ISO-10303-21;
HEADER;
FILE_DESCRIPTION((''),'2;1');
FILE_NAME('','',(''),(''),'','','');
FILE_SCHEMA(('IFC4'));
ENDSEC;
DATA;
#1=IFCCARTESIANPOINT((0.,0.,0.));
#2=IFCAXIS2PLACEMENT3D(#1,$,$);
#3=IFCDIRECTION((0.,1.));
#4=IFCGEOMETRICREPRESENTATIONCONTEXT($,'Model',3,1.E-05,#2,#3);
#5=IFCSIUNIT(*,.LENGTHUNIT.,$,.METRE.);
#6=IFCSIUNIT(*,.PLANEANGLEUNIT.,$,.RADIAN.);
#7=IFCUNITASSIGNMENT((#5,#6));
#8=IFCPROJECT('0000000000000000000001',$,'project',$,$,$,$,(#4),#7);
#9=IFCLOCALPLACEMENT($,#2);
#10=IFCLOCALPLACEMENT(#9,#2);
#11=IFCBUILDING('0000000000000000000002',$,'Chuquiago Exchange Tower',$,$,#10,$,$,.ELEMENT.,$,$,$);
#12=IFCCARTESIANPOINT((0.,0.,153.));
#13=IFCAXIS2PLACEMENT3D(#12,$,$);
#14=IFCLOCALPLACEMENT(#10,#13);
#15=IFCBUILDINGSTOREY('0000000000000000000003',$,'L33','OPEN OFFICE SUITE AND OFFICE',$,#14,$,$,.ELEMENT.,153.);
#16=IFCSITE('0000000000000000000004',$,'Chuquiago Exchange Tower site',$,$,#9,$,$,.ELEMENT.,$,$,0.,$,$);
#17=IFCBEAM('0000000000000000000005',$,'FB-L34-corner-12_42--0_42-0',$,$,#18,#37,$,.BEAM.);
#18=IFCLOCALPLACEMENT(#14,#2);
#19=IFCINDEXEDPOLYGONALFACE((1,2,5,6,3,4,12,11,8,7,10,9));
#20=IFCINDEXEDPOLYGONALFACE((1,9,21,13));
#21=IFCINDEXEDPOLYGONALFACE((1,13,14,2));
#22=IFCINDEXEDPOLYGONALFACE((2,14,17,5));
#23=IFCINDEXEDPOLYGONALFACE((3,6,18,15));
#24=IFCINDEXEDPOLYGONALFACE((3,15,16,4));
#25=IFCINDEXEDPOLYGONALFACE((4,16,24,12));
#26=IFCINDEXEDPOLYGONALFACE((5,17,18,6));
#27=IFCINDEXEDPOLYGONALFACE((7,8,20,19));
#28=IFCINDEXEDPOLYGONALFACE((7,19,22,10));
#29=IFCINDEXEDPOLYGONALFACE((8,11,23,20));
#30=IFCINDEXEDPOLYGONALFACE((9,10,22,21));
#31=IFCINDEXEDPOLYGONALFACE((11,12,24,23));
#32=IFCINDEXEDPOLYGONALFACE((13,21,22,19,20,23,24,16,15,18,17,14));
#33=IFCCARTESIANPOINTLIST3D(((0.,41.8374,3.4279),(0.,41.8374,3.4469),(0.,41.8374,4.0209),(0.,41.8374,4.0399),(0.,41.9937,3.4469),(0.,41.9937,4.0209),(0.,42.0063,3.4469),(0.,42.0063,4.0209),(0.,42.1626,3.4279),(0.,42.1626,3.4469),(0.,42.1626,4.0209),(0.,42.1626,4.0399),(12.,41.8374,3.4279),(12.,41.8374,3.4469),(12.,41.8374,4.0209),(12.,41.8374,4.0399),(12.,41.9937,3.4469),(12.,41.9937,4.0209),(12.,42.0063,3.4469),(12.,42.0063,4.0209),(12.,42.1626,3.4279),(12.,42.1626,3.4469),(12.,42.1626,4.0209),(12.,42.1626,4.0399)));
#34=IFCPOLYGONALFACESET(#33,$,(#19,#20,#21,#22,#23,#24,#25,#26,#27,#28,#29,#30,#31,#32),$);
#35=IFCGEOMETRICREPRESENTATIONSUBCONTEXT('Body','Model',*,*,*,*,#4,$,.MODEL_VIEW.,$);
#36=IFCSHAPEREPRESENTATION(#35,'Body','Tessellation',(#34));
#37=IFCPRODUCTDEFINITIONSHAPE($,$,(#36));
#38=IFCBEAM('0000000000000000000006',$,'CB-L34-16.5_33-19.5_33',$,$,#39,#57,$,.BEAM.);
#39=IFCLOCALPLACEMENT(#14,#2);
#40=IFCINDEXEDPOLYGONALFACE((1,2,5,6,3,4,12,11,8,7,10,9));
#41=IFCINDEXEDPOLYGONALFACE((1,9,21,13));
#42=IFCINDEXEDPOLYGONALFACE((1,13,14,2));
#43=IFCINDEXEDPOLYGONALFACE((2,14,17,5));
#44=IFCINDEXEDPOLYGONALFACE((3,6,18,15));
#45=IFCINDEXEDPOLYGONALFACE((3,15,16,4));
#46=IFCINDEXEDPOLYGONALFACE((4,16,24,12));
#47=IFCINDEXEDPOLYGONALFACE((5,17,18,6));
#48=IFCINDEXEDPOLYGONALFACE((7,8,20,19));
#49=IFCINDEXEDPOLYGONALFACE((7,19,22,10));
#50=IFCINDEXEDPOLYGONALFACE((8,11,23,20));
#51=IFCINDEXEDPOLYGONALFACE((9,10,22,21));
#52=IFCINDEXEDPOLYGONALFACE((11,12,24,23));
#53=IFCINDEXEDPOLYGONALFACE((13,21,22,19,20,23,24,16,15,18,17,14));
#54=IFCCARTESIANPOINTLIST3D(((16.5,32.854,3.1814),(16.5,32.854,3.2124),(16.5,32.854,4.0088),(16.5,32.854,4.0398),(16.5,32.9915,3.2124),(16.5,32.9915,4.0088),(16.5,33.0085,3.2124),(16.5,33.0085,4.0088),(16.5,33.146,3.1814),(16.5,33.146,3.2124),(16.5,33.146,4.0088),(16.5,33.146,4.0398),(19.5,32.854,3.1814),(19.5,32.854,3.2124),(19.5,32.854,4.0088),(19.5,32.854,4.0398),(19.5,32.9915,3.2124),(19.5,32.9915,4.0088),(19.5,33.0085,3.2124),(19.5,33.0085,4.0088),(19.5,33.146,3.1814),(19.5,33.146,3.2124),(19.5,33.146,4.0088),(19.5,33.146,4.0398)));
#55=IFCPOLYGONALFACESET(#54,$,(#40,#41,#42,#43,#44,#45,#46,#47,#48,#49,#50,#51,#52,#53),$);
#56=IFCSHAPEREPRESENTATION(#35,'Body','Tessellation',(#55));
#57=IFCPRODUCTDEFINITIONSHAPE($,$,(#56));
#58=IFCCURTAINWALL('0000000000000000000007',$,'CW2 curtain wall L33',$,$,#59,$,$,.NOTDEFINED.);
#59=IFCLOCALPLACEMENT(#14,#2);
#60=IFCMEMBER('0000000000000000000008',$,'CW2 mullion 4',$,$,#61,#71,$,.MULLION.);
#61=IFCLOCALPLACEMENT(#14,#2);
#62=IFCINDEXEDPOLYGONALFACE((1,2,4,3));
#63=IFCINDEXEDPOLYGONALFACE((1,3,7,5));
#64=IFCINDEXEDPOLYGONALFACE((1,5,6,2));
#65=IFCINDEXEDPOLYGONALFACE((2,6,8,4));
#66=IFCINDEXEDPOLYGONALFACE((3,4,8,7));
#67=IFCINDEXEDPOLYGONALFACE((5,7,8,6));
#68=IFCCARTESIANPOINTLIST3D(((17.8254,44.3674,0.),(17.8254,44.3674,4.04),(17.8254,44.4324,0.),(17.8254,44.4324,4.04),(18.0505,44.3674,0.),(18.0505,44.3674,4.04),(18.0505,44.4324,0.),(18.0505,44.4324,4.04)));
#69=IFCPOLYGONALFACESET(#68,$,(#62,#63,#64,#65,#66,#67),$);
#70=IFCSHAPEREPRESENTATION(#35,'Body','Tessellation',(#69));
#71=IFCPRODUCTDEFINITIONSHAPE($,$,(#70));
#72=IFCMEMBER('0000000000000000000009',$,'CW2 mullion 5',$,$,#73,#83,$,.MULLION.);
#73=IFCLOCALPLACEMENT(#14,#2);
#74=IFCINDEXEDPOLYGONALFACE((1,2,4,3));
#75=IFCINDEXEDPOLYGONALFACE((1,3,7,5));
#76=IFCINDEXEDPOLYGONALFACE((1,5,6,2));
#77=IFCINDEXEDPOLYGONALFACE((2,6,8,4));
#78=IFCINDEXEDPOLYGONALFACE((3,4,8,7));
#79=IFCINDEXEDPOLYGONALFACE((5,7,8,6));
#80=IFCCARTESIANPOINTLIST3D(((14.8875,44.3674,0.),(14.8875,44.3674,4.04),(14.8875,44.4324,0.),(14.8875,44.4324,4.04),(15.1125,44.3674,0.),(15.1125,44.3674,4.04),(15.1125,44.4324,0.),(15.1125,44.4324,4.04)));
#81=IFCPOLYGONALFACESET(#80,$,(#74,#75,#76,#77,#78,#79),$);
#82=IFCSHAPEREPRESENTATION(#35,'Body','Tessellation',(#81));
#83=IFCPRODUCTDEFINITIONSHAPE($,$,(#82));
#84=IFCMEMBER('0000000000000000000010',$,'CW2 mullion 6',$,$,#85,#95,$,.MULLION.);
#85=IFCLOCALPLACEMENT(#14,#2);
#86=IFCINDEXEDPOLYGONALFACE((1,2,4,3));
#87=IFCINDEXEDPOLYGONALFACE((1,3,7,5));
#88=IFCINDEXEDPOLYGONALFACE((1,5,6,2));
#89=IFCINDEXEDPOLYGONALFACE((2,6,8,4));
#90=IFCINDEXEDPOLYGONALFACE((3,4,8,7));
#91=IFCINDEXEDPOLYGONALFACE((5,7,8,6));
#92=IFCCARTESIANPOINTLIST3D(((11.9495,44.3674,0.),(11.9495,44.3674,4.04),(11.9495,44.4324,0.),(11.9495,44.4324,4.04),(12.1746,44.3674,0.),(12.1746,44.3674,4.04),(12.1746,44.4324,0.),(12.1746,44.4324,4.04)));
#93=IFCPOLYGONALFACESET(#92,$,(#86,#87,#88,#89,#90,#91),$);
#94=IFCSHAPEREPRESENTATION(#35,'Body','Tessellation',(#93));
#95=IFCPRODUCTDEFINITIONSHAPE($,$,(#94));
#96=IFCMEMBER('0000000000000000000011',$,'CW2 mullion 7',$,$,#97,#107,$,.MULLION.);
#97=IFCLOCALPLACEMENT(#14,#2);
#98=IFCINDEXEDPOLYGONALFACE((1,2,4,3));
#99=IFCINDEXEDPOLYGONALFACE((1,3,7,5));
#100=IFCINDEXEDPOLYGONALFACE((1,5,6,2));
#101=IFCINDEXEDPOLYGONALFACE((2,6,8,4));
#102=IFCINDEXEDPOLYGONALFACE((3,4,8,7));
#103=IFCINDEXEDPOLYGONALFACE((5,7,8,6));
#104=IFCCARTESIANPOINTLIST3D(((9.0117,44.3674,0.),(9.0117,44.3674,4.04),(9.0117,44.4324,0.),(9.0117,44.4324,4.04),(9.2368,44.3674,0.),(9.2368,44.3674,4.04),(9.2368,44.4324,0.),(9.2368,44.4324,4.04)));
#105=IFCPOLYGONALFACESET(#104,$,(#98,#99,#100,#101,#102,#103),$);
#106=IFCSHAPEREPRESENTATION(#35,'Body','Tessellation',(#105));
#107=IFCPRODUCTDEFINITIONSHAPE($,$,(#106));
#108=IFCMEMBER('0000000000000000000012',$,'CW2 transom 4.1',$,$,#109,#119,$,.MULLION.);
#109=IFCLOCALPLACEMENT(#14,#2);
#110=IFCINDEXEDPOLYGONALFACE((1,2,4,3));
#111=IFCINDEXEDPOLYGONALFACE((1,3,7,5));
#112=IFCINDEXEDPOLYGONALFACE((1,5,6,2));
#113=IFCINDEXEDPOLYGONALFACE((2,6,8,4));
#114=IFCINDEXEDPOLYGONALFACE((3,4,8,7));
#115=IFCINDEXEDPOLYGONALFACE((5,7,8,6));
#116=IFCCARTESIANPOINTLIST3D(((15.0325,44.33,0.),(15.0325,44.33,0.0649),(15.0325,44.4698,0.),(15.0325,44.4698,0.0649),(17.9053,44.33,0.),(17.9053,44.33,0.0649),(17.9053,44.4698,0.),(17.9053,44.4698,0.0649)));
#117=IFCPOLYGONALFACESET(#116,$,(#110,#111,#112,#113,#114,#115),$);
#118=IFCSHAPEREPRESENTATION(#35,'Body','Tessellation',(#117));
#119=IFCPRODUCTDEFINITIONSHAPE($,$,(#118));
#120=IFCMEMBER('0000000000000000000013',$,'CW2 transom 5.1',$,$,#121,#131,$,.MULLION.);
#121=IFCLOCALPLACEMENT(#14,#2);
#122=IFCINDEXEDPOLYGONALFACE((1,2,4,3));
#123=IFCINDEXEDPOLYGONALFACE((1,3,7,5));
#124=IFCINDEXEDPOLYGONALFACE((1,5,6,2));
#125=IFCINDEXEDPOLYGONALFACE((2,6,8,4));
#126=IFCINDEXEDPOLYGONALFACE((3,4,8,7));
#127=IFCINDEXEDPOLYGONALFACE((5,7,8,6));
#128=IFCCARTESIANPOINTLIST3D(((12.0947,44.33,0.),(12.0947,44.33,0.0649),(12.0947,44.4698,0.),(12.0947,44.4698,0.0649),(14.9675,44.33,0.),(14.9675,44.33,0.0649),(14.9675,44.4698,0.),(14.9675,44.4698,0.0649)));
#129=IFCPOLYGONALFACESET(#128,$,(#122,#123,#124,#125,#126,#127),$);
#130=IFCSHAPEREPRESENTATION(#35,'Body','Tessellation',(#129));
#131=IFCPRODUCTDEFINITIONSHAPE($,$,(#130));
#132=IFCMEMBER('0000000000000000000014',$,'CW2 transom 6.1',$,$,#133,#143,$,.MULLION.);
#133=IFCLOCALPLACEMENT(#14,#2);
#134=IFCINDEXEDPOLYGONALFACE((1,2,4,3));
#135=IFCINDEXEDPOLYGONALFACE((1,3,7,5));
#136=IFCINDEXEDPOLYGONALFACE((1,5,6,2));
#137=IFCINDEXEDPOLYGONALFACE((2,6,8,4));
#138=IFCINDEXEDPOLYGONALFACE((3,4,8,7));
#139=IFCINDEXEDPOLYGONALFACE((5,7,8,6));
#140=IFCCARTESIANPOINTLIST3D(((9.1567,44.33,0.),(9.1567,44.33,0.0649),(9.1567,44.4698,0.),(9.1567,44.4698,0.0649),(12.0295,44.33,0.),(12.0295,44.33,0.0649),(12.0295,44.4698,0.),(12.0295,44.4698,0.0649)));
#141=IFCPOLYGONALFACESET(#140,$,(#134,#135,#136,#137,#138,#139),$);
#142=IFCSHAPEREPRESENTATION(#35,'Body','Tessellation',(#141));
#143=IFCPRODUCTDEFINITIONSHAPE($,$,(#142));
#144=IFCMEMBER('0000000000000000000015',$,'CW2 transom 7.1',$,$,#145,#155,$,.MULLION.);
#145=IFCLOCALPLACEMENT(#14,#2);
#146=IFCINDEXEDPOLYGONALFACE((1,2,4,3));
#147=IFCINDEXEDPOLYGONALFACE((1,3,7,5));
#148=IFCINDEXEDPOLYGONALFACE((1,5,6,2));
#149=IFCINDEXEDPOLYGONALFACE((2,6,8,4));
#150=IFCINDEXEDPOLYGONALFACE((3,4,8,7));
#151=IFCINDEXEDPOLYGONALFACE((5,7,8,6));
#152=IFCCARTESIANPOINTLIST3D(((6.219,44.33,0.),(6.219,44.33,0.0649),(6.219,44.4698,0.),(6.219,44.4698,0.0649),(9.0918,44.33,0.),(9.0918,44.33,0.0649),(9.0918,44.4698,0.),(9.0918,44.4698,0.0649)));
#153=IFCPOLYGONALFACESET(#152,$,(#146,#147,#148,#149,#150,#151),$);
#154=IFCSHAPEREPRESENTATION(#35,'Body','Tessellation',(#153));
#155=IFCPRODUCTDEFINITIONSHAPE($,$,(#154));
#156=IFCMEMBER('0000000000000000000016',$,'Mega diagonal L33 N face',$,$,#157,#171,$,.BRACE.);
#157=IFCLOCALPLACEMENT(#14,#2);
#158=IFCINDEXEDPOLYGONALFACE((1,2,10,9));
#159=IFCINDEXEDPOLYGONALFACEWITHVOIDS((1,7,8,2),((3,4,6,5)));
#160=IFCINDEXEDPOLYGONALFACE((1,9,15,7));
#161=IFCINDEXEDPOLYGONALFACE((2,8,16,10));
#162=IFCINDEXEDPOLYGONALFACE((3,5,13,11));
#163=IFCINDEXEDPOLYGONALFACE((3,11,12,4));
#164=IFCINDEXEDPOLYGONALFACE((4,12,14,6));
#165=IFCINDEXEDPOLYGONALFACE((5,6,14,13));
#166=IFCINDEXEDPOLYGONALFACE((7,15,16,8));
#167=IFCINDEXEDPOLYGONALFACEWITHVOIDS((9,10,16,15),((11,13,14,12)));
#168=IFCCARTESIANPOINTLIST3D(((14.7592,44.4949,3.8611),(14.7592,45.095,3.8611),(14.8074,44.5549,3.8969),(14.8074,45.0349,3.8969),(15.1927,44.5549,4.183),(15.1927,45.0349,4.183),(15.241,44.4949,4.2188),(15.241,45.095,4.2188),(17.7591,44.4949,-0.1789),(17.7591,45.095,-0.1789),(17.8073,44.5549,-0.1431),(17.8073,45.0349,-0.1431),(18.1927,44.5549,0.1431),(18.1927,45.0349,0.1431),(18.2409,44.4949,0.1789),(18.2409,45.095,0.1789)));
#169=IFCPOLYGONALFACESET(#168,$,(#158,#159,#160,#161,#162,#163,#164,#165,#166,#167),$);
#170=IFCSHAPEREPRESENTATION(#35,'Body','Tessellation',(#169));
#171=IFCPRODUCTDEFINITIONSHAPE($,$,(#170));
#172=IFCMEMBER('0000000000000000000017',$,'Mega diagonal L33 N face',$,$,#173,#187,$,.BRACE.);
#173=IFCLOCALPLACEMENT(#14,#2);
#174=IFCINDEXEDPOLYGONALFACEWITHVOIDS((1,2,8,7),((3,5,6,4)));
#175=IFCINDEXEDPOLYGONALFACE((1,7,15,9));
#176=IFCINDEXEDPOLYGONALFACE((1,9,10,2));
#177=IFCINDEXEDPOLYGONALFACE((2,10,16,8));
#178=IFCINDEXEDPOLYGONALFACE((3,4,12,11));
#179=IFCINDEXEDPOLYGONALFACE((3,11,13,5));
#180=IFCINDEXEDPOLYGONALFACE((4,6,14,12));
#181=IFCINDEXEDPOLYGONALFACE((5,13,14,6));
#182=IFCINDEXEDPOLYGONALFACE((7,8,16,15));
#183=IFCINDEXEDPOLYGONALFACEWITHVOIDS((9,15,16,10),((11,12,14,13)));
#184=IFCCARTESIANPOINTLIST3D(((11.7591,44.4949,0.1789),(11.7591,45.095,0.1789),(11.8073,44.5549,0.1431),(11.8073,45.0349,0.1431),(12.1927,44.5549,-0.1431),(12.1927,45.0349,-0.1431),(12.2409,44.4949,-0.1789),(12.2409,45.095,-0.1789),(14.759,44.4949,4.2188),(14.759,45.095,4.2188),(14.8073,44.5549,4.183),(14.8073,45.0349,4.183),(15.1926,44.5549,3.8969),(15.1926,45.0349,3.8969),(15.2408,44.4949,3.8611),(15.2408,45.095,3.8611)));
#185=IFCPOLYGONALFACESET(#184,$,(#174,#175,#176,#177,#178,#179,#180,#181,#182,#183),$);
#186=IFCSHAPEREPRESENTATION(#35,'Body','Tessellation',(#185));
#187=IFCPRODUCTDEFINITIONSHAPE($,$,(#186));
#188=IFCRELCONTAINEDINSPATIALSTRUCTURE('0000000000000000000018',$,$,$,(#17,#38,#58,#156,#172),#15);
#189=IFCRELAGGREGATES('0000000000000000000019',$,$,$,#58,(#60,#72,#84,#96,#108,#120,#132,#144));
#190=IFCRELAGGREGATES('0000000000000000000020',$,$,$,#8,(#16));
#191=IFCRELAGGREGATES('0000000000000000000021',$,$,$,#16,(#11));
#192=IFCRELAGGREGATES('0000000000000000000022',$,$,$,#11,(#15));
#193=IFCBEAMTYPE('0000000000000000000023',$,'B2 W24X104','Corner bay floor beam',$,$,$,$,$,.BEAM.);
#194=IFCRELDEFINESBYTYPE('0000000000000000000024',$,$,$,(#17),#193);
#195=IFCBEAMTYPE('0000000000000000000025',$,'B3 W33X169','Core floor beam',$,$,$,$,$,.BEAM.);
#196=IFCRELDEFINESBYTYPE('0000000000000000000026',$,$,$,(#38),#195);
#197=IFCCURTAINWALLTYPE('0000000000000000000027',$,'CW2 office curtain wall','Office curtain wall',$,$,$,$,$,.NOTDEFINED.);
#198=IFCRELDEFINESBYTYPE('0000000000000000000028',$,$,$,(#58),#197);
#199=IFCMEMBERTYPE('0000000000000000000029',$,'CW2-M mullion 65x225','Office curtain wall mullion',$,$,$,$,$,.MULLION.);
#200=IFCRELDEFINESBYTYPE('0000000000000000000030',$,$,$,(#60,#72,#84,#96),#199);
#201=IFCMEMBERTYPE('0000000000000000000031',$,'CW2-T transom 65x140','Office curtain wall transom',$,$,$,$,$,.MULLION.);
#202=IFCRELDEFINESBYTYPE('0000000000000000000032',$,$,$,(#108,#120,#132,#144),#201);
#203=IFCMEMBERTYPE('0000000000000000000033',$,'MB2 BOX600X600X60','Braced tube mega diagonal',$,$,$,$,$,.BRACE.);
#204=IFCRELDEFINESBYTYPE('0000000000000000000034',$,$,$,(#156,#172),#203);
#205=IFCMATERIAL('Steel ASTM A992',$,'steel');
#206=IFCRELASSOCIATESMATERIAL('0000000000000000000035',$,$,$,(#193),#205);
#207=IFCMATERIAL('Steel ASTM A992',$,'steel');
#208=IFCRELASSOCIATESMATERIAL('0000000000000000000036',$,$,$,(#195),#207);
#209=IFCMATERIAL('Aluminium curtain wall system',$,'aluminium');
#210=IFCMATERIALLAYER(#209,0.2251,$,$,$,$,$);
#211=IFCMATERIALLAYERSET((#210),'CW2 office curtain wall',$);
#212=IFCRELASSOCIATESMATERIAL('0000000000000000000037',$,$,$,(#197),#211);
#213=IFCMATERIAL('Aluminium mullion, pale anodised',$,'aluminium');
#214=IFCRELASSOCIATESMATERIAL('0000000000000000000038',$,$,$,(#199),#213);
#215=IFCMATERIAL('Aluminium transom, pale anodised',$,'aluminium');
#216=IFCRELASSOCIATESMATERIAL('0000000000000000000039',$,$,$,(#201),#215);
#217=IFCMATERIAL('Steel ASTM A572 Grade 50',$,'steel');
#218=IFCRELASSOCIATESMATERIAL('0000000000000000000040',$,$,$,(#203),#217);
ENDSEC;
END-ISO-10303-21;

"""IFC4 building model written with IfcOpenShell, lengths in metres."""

from ifc_helpers import new_model, si_unit, direction, frame, origin, origin_2d, place, context, subcontext, project, spatial, rectangle, hollow_rectangle, i_section, extrude, material, layer, layer_set, material_profile, profile_set, type_object, element, aggregate, save


model = new_model("IFC4")

# Units and contexts
model_context = context("Model", 3, precision=1e-05, world=origin(), true_north=direction((0.0, 1.0)))
body_context = subcontext(model_context, "Body", "Model", "MODEL_VIEW")
ifc_project = project(units=[si_unit("LENGTHUNIT", "METRE"), si_unit("PLANEANGLEUNIT", "RADIAN")], contexts=[model_context])

# Site, building, storey
site_placement = place(None, origin())
site = spatial("IfcSite", under=ifc_project, at=site_placement, Name="Chuquiago Exchange Tower site", CompositionType="ELEMENT", RefElevation=0.0)
building_placement = place(site_placement, origin())
building = spatial("IfcBuilding", under=site, at=building_placement, Name="Chuquiago Exchange Tower", CompositionType="ELEMENT")
storey_placement = place(building_placement, frame((0.0, 0.0, 153.0)))
storey = spatial("IfcBuildingStorey", under=building, at=storey_placement, Name="L33", Description="OPEN OFFICE SUITE AND OFFICE", CompositionType="ELEMENT", Elevation=153.0)

# Beams
ifc_material_1 = material(Name="Steel ASTM A992", Category="steel")
ifc_material_profile_1 = material_profile(ifc_material_1, i_section(OverallWidth=0.3252, OverallDepth=0.6121, WebThickness=0.0127, FlangeThickness=0.019, at=origin_2d()), Name="W24X104")
ifc_profile_set_1 = profile_set([ifc_material_profile_1], Name="Steel ASTM A992")
beam_type_1 = type_object("IfcBeamType", Name="B2 W24X104", Description="Corner bay floor beam", PredefinedType="BEAM", material=ifc_profile_set_1)
for number, where, z_axis, x_axis, name in (
    (1, (12.0, 42.0, 3.7339), (-1.0, 0.0, 0.0), (0.0, -1.0, 0.0), "FB-L34-corner-12_42--0_42-0"),
):
    element("IfcBeam", number, at=place(storey_placement, frame(where, z_axis=z_axis, x_axis=x_axis)), inside=storey, type_object=beam_type_1, Name=name, PredefinedType="BEAM", context=body_context, shape_type="SweptSolid", body=[
        extrude(i_section(OverallWidth=0.3252, OverallDepth=0.6121, WebThickness=0.0127, FlangeThickness=0.019, at=origin_2d()), origin(), (0.0, 0.0, 1.0), 12.0),
    ])
ifc_material_2 = material(Name="Steel ASTM A992", Category="steel")
ifc_material_profile_2 = material_profile(ifc_material_2, i_section(OverallWidth=0.292, OverallDepth=0.8584, WebThickness=0.0171, FlangeThickness=0.031, at=origin_2d()), Name="W33X169")
ifc_profile_set_2 = profile_set([ifc_material_profile_2], Name="Steel ASTM A992")
beam_type_2 = type_object("IfcBeamType", Name="B3 W33X169", Description="Core floor beam", PredefinedType="BEAM", material=ifc_profile_set_2)
beam_placement = place(storey_placement, frame((16.5, 33.0, 3.6106), z_axis=(1.0, 0.0, 0.0), x_axis=(0.0, 1.0, 0.0)))
element("IfcBeam", 2, at=beam_placement, inside=storey, type_object=beam_type_2, Name="CB-L34-16.5_33-19.5_33", PredefinedType="BEAM", context=body_context, shape_type="SweptSolid", body=[
    extrude(i_section(OverallWidth=0.292, OverallDepth=0.8584, WebThickness=0.0171, FlangeThickness=0.031, at=origin_2d()), origin(), (0.0, 0.0, 1.0), 3.0),
])

# Curtain wall, members
ifc_material_3 = material(Name="Aluminium curtain wall system", Category="aluminium")
ifc_layer_1 = layer(ifc_material_3, 0.2251)
ifc_layer_set_1 = layer_set([ifc_layer_1], Name="CW2 office curtain wall")
curtain_wall_type = type_object("IfcCurtainWallType", Name="CW2 office curtain wall", Description="Office curtain wall", PredefinedType="NOTDEFINED", material=ifc_layer_set_1)
curtain_wall_placement = place(storey_placement, origin())
curtain_wall = element("IfcCurtainWall", 3, at=curtain_wall_placement, inside=storey, type_object=curtain_wall_type, Name="CW2 curtain wall L33", PredefinedType="NOTDEFINED")
ifc_material_4 = material(Name="Aluminium mullion, pale anodised", Category="aluminium")
ifc_material_profile_3 = material_profile(ifc_material_4, rectangle(XDim=0.0649, YDim=0.2251, at=origin_2d()), Name="AL 65x225")
ifc_profile_set_3 = profile_set([ifc_material_profile_3], Name="Aluminium mullion, pale anodised")
member_type_1 = type_object("IfcMemberType", Name="CW2-M mullion 65x225", Description="Office curtain wall mullion", PredefinedType="MULLION", material=ifc_profile_set_3)
member_1_placement = place(storey_placement, frame((17.938, 44.3999, 0.0), z_axis=(0.0, 0.0, 1.0), x_axis=(0.0, -1.0, 0.0)))
member_1 = element("IfcMember", 4, at=member_1_placement, type_object=member_type_1, Name="CW2 mullion 4", PredefinedType="MULLION", context=body_context, shape_type="SweptSolid", body=[
    extrude(rectangle(XDim=0.0649, YDim=0.2251, at=origin_2d()), origin(), (0.0, 0.0, 1.0), 4.04),
])
member_2_placement = place(storey_placement, frame((15.0, 44.3999, 0.0), z_axis=(0.0, 0.0, 1.0), x_axis=(0.0, -1.0, 0.0)))
member_2 = element("IfcMember", 5, at=member_2_placement, type_object=member_type_1, Name="CW2 mullion 5", PredefinedType="MULLION", context=body_context, shape_type="SweptSolid", body=[
    extrude(rectangle(XDim=0.0649, YDim=0.2251, at=origin_2d()), origin(), (0.0, 0.0, 1.0), 4.04),
])
member_3_placement = place(storey_placement, frame((12.062, 44.3999, 0.0), z_axis=(0.0, 0.0, 1.0), x_axis=(0.0, -1.0, 0.0)))
member_3 = element("IfcMember", 6, at=member_3_placement, type_object=member_type_1, Name="CW2 mullion 6", PredefinedType="MULLION", context=body_context, shape_type="SweptSolid", body=[
    extrude(rectangle(XDim=0.0649, YDim=0.2251, at=origin_2d()), origin(), (0.0, 0.0, 1.0), 4.04),
])
member_4_placement = place(storey_placement, frame((9.1243, 44.3999, 0.0), z_axis=(0.0, 0.0, 1.0), x_axis=(0.0, -1.0, 0.0)))
member_4 = element("IfcMember", 7, at=member_4_placement, type_object=member_type_1, Name="CW2 mullion 7", PredefinedType="MULLION", context=body_context, shape_type="SweptSolid", body=[
    extrude(rectangle(XDim=0.0649, YDim=0.2251, at=origin_2d()), origin(), (0.0, 0.0, 1.0), 4.04),
])
ifc_material_5 = material(Name="Aluminium transom, pale anodised", Category="aluminium")
ifc_material_profile_4 = material_profile(ifc_material_5, rectangle(XDim=0.1399, YDim=0.0649, at=origin_2d()), Name="AL 140x65")
ifc_profile_set_4 = profile_set([ifc_material_profile_4], Name="Aluminium transom, pale anodised")
member_type_2 = type_object("IfcMemberType", Name="CW2-T transom 65x140", Description="Office curtain wall transom", PredefinedType="MULLION", material=ifc_profile_set_4)
member_5_placement = place(storey_placement, frame((17.9053, 44.3999, 0.0325), z_axis=(-1.0, 0.0, 0.0), x_axis=(0.0, -1.0, 0.0)))
member_5 = element("IfcMember", 8, at=member_5_placement, type_object=member_type_2, Name="CW2 transom 4.1", PredefinedType="MULLION", context=body_context, shape_type="SweptSolid", body=[
    extrude(rectangle(XDim=0.1399, YDim=0.0649, at=origin_2d()), origin(), (0.0, 0.0, 1.0), 2.8728),
])
member_6_placement = place(storey_placement, frame((14.9675, 44.3999, 0.0325), z_axis=(-1.0, 0.0, 0.0), x_axis=(0.0, -1.0, 0.0)))
member_6 = element("IfcMember", 9, at=member_6_placement, type_object=member_type_2, Name="CW2 transom 5.1", PredefinedType="MULLION", context=body_context, shape_type="SweptSolid", body=[
    extrude(rectangle(XDim=0.1399, YDim=0.0649, at=origin_2d()), origin(), (0.0, 0.0, 1.0), 2.8728),
])
member_7_placement = place(storey_placement, frame((12.0295, 44.3999, 0.0325), z_axis=(-1.0, 0.0, 0.0), x_axis=(0.0, -1.0, 0.0)))
member_7 = element("IfcMember", 10, at=member_7_placement, type_object=member_type_2, Name="CW2 transom 6.1", PredefinedType="MULLION", context=body_context, shape_type="SweptSolid", body=[
    extrude(rectangle(XDim=0.1399, YDim=0.0649, at=origin_2d()), origin(), (0.0, 0.0, 1.0), 2.8728),
])
member_8_placement = place(storey_placement, frame((9.0918, 44.3999, 0.0325), z_axis=(-1.0, 0.0, 0.0), x_axis=(0.0, -1.0, 0.0)))
member_8 = element("IfcMember", 11, at=member_8_placement, type_object=member_type_2, Name="CW2 transom 7.1", PredefinedType="MULLION", context=body_context, shape_type="SweptSolid", body=[
    extrude(rectangle(XDim=0.1399, YDim=0.0649, at=origin_2d()), origin(), (0.0, 0.0, 1.0), 2.8728),
])

# Members
ifc_material_6 = material(Name="Steel ASTM A572 Grade 50", Category="steel")
ifc_material_profile_5 = material_profile(ifc_material_6, hollow_rectangle(XDim=0.6001, YDim=0.6001, WallThickness=0.0601, at=origin_2d()), Name="BOX600X600X60")
ifc_profile_set_5 = profile_set([ifc_material_profile_5], Name="Steel ASTM A572 Grade 50")
member_type_3 = type_object("IfcMemberType", Name="MB2 BOX600X600X60", Description="Braced tube mega diagonal", PredefinedType="BRACE", material=ifc_profile_set_5)
for number, where, z_axis, x_axis, name in (
    (12, (18.0, 44.7949, 0.0), (-0.596174, 0.0, 0.802855), (0.0, -1.0, 0.0), "Mega diagonal L33 N face"),
    (13, (12.0, 44.7949, 0.0), (0.596174, 0.0, 0.802855), (0.0, 1.0, 0.0), "Mega diagonal L33 N face"),
):
    element("IfcMember", number, at=place(storey_placement, frame(where, z_axis=z_axis, x_axis=x_axis)), inside=storey, type_object=member_type_3, Name=name, PredefinedType="BRACE", context=body_context, shape_type="SweptSolid", body=[
        extrude(hollow_rectangle(XDim=0.6001, YDim=0.6001, WallThickness=0.0601, at=origin_2d()), origin(), (0.0, 0.0, 1.0), 5.032),
    ])

aggregate(curtain_wall, [member_1, member_2, member_3, member_4, member_5, member_6, member_7, member_8])

save(model, "model.ifc")
